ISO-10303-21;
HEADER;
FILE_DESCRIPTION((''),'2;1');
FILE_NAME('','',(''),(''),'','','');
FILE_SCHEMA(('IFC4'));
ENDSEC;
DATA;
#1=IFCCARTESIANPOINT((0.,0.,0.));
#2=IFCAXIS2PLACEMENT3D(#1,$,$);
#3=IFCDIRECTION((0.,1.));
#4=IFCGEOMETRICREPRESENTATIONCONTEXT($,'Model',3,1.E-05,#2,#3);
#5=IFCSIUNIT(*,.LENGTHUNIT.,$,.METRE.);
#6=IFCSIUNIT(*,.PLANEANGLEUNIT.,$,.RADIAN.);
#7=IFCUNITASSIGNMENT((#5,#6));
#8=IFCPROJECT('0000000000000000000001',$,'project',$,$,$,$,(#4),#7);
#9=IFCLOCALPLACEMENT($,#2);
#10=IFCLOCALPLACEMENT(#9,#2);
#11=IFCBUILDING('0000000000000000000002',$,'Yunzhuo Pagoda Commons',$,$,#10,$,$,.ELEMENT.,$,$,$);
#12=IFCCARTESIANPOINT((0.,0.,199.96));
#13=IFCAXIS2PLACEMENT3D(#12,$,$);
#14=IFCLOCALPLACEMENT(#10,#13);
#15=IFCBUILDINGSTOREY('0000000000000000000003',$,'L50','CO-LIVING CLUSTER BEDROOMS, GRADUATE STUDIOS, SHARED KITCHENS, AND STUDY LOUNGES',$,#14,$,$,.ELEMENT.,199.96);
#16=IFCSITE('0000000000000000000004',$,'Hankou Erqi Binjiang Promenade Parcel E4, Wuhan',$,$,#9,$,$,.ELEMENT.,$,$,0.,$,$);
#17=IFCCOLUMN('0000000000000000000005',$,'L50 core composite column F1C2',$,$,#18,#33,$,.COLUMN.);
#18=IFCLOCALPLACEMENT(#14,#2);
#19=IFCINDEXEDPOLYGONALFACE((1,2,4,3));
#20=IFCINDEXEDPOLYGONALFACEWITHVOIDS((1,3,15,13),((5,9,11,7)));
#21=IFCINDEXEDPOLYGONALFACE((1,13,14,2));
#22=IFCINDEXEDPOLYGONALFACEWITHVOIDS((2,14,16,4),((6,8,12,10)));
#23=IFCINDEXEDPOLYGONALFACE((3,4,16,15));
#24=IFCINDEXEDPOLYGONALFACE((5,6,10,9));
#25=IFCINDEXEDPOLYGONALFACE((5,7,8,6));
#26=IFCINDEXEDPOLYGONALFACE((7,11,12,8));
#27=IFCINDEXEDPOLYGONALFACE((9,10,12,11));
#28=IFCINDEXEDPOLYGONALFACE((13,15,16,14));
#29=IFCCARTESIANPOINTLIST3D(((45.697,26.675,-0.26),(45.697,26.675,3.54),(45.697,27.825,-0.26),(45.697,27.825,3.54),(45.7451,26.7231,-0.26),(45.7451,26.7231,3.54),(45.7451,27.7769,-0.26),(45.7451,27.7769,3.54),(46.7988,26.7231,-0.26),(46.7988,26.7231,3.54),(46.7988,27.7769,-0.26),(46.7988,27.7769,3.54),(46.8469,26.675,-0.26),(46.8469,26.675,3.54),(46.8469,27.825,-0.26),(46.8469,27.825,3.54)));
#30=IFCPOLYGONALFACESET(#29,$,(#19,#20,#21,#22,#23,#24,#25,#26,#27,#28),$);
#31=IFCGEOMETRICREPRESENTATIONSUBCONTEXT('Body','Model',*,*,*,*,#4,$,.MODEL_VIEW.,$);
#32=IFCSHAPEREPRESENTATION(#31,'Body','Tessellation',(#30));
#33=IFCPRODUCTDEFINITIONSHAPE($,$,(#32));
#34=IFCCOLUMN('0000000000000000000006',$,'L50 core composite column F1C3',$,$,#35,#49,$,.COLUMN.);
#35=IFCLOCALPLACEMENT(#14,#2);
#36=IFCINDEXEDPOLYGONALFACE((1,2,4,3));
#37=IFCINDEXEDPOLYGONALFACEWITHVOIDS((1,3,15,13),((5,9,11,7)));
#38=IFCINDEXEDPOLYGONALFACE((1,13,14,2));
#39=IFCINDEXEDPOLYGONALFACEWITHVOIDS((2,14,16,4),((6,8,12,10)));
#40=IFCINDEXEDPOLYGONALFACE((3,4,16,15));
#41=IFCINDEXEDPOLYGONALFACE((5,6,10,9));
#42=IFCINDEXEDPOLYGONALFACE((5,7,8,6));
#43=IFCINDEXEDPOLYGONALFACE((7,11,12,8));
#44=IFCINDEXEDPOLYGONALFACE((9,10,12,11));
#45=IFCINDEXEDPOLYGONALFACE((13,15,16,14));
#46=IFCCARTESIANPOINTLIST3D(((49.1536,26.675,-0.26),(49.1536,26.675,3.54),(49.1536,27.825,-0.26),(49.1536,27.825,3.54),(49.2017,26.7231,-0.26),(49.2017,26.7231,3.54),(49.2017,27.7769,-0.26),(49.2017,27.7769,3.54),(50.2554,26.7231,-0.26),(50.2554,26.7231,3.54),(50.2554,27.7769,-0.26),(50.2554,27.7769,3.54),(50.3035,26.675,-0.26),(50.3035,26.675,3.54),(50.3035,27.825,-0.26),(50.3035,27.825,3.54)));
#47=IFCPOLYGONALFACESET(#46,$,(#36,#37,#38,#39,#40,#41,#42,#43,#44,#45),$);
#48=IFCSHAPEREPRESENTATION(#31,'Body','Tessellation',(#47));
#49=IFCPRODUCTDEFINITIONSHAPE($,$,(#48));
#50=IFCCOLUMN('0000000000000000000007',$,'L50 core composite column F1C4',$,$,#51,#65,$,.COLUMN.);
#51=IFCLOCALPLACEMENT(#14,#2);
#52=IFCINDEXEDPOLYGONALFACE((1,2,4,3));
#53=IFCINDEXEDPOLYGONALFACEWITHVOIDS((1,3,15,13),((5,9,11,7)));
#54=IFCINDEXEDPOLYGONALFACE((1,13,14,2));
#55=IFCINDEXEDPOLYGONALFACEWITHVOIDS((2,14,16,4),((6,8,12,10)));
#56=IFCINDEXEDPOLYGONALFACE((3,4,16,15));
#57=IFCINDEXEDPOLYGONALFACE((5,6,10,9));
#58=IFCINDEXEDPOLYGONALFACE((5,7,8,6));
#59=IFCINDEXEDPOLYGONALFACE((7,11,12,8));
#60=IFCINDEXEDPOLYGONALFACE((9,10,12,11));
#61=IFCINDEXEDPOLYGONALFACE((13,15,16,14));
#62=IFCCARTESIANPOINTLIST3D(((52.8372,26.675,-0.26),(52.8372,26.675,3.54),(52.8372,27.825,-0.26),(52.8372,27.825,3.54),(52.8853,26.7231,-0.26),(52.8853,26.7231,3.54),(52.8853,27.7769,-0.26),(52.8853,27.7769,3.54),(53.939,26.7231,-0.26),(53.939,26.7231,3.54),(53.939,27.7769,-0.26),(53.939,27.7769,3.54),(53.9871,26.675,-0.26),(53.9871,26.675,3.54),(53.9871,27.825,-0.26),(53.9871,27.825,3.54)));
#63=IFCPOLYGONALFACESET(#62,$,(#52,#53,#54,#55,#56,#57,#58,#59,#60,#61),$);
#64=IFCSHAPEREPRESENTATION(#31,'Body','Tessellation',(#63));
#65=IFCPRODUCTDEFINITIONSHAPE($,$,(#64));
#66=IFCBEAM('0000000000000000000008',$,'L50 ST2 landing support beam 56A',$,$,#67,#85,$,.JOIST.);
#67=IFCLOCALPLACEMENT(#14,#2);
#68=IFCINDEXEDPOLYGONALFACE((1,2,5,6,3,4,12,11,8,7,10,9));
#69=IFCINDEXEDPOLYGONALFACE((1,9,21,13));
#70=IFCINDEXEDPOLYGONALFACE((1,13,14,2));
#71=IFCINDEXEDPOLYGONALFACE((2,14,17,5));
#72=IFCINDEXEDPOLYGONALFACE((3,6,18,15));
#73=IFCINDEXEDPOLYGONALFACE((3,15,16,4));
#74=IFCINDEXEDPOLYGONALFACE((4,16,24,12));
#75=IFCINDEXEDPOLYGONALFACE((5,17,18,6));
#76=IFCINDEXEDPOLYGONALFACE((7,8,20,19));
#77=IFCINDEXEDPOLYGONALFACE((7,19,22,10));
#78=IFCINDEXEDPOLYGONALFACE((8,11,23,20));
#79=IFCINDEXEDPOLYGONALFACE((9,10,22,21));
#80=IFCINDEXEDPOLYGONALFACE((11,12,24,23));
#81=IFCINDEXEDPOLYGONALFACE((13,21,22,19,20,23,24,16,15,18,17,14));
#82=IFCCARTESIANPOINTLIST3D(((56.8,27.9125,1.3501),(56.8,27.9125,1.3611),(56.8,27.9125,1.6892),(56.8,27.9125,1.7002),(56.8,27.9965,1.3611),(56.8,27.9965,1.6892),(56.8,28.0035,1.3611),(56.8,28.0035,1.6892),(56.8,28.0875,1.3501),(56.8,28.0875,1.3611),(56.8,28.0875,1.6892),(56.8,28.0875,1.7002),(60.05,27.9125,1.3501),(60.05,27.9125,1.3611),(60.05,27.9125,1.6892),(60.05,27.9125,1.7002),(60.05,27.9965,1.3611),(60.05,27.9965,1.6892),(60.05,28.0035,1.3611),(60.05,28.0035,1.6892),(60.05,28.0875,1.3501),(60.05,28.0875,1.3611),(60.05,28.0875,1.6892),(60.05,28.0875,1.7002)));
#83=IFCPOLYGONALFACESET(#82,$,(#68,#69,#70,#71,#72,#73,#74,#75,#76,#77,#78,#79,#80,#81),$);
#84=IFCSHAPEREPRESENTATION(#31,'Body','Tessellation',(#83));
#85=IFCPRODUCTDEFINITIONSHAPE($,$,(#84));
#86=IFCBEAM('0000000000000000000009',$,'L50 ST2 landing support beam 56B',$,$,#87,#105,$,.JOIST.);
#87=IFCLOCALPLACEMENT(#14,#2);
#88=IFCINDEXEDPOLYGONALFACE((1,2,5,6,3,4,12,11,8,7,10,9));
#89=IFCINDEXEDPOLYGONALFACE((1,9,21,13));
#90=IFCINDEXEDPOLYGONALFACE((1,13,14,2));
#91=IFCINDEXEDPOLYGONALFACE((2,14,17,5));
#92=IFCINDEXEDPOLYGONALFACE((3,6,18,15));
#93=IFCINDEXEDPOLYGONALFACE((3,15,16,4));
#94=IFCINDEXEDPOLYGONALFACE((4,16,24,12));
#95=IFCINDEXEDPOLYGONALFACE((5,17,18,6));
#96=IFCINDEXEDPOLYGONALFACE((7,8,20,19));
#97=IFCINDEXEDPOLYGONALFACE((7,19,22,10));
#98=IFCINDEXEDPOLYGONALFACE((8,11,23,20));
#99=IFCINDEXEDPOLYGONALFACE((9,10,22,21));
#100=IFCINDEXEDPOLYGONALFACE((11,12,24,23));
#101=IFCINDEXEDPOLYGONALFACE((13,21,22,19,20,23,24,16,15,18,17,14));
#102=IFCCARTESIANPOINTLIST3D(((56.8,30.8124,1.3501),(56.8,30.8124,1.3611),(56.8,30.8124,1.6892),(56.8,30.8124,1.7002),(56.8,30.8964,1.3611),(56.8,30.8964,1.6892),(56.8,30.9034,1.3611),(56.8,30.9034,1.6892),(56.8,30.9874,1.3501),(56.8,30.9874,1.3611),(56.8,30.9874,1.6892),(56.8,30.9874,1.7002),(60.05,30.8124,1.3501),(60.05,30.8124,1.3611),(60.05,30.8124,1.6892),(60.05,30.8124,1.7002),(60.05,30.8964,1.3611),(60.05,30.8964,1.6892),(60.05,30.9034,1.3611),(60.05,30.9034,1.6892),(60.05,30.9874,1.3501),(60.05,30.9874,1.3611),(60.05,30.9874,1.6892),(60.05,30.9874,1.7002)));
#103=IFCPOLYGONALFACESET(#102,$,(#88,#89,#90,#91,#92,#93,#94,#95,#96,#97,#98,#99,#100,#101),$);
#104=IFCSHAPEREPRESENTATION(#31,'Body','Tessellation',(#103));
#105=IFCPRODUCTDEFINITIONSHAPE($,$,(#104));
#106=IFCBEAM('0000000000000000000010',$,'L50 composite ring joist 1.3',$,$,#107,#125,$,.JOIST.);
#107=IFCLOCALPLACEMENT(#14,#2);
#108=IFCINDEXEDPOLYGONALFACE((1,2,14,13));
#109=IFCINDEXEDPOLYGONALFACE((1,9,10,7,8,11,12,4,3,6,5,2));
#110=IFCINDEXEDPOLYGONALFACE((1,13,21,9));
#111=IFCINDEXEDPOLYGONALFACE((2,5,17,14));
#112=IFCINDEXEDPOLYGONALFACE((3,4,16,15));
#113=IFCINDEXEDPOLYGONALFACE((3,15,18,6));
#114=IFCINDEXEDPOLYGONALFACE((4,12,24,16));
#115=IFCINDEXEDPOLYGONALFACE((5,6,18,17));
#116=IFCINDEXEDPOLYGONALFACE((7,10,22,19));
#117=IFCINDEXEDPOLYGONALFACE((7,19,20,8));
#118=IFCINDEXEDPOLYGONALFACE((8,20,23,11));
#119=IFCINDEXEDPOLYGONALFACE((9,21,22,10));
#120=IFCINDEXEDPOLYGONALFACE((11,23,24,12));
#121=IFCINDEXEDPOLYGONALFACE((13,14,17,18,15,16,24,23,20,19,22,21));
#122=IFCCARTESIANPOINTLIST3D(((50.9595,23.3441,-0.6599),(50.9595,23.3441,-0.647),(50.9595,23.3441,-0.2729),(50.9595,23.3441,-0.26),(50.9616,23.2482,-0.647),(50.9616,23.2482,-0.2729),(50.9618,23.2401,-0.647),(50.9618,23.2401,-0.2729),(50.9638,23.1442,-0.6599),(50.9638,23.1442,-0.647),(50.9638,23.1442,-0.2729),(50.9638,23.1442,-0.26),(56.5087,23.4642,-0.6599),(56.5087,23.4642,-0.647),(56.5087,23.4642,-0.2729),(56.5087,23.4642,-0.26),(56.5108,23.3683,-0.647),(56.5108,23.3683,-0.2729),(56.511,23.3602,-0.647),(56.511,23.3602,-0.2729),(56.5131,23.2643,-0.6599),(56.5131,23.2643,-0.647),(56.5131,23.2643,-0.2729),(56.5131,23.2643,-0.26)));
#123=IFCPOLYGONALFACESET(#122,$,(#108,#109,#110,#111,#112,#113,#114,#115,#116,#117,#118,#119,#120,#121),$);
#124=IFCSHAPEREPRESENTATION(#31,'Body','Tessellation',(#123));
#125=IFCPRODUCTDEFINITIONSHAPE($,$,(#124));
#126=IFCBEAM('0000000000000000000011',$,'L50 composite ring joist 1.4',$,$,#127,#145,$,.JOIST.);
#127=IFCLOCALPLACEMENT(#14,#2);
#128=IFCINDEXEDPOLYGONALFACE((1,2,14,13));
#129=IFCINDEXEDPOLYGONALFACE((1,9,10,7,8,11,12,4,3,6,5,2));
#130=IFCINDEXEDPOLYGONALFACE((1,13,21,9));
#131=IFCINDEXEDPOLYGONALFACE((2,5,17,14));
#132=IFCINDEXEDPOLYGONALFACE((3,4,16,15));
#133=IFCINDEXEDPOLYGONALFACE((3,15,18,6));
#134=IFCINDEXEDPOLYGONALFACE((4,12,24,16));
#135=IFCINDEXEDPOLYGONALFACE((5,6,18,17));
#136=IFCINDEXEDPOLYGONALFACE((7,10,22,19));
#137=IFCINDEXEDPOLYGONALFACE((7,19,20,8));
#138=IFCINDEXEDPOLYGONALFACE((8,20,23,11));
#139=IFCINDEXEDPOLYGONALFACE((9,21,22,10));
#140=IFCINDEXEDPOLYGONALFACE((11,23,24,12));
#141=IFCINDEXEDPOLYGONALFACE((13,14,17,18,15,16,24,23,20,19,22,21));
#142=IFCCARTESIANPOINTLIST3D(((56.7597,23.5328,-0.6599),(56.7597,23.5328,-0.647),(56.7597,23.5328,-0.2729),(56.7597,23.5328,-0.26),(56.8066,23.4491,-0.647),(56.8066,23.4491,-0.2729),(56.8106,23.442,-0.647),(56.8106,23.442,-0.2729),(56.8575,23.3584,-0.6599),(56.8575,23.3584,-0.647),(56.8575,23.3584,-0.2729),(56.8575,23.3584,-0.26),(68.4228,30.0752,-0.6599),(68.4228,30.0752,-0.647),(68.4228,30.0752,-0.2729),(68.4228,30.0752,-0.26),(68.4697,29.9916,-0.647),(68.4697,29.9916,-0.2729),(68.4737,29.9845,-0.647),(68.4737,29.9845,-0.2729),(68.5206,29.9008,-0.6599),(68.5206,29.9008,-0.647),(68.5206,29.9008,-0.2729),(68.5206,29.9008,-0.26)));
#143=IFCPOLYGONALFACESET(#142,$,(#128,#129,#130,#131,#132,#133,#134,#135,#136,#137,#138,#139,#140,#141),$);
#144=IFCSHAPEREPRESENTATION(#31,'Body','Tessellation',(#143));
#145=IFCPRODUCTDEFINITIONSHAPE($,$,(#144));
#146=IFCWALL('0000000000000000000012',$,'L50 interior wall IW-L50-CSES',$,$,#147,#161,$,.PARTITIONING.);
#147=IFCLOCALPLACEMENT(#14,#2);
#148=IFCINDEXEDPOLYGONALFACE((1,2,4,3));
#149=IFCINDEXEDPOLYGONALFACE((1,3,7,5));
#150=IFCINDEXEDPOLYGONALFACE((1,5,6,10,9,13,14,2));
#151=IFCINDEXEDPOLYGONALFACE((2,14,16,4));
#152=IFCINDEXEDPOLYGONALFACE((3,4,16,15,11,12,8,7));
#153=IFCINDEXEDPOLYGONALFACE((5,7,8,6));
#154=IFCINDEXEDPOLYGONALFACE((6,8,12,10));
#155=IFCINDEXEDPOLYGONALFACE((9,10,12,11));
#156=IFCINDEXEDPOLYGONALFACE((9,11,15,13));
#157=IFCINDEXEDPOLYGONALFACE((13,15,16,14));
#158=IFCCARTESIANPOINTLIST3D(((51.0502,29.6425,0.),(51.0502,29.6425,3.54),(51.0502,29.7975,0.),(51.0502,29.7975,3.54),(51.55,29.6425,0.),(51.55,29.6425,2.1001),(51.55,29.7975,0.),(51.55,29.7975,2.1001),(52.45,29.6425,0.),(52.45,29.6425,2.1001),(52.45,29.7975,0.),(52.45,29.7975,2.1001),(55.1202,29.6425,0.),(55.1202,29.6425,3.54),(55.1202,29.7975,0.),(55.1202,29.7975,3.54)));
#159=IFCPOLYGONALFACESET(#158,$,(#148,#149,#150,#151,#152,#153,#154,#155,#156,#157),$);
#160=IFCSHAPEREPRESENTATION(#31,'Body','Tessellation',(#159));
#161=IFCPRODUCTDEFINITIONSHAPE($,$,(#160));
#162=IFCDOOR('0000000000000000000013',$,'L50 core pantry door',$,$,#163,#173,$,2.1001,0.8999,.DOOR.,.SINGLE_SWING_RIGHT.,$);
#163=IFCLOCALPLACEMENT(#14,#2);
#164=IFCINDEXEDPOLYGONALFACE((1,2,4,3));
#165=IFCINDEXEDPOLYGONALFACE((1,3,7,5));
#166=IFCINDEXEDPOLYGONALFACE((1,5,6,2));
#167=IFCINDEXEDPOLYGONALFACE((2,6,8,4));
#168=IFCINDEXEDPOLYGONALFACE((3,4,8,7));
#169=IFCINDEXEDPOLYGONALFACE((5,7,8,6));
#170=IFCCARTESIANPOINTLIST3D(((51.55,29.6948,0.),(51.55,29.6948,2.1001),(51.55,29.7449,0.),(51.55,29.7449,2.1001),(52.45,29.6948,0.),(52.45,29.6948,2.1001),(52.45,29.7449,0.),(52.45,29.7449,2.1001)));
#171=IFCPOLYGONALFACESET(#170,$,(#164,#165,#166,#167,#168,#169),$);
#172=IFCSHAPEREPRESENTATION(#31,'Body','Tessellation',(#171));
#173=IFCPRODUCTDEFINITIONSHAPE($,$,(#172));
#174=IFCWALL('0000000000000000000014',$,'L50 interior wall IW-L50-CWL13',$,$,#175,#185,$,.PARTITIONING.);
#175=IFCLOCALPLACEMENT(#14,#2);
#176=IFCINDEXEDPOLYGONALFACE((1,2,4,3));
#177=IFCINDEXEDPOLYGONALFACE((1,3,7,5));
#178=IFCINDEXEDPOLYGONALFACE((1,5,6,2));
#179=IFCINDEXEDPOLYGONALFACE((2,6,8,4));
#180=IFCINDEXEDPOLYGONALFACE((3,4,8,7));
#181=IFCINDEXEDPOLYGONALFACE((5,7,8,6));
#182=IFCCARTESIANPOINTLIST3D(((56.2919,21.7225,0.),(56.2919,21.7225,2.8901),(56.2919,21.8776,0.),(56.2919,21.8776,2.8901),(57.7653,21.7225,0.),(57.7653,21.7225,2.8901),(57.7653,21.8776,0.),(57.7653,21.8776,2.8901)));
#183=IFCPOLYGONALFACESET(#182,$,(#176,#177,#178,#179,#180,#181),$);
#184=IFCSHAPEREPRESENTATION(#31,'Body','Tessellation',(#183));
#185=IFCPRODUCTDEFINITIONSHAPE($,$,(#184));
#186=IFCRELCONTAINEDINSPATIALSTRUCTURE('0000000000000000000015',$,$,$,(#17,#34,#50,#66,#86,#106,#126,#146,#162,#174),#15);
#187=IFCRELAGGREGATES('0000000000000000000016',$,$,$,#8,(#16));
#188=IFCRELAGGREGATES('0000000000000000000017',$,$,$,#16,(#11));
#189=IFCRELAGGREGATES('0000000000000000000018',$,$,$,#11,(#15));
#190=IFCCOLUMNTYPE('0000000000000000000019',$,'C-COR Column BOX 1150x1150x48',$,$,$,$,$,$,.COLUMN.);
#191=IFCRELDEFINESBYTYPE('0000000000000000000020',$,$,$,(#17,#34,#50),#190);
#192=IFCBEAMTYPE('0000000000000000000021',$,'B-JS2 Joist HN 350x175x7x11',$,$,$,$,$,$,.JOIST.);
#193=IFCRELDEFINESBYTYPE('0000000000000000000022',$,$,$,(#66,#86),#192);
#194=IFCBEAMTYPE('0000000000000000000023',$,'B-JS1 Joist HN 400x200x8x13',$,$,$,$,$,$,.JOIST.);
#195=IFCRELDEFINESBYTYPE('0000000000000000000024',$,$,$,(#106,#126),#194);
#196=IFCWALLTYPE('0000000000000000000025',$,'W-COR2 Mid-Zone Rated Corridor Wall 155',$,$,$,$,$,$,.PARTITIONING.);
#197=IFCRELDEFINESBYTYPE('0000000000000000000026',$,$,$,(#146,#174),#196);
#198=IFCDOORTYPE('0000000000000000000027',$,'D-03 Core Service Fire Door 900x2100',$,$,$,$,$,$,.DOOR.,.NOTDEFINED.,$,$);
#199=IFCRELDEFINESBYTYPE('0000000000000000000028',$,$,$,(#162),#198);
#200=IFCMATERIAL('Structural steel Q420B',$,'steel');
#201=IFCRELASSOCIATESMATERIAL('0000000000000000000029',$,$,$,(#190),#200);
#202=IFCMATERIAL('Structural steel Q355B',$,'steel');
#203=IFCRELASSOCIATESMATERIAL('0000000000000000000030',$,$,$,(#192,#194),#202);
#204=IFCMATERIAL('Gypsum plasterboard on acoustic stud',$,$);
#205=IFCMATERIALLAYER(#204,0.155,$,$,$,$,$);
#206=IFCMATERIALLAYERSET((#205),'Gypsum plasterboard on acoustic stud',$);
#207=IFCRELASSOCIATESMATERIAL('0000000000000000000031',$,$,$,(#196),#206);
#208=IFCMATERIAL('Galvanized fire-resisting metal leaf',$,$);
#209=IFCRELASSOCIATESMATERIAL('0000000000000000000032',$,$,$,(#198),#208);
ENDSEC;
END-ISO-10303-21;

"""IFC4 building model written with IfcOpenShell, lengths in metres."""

from ifc_helpers import new_model, si_unit, direction, frame, frame_2d, origin, origin_with_axes, origin_2d, place, context, subcontext, project, spatial, rectangle, hollow_rectangle, i_section, extrude, source, transform, mapped, material, layer, layer_set, material_profile, profile_set, type_object, element, fill, save


model = new_model("IFC4")

# Units and contexts
model_context = context("Model", 3, precision=1e-05, world=origin(), true_north=direction((0.0, 1.0)))
body_context = subcontext(model_context, "Body", "Model", "MODEL_VIEW")
ifc_project = project(units=[si_unit("LENGTHUNIT", "METRE"), si_unit("PLANEANGLEUNIT", "RADIAN")], contexts=[model_context])

# Site, building, storey
site_placement = place(None, origin())
site = spatial("IfcSite", under=ifc_project, at=site_placement, Name="Hankou Erqi Binjiang Promenade Parcel E4, Wuhan", CompositionType="ELEMENT", RefElevation=0.0)
building_placement = place(site_placement, origin())
building = spatial("IfcBuilding", under=site, at=building_placement, Name="Yunzhuo Pagoda Commons", CompositionType="ELEMENT")
storey_placement = place(building_placement, frame((0.0, 0.0, 199.96)))
storey = spatial("IfcBuildingStorey", under=building, at=storey_placement, Name="L50", Description="CO-LIVING CLUSTER BEDROOMS, GRADUATE STUDIOS, SHARED KITCHENS, AND STUDY LOUNGES", CompositionType="ELEMENT", Elevation=199.96)

# Columns
ifc_material_1 = material(Name="Structural steel Q420B", Category="steel")
ifc_material_profile_1 = material_profile(ifc_material_1, hollow_rectangle(XDim=1.1499, YDim=1.1499, WallThickness=0.0481, at=origin_2d()), Name="Structural steel Q420B")
ifc_profile_set_1 = profile_set([ifc_material_profile_1], Name="Structural steel Q420B")
column_type = type_object("IfcColumnType", Name="C-COR Column BOX 1150x1150x48", PredefinedType="COLUMN", material=ifc_profile_set_1)
shared_shape_1 = source(origin(), body_context, "Body", "SweptSolid", [
    extrude(hollow_rectangle(XDim=1.1499, YDim=1.1499, WallThickness=0.0481, at=origin_2d()), origin(), (0.0, 0.0, 1.0), 3.8),
])
for number, where, z_axis, x_axis, name in (
    (1, (46.272, 27.25, -0.26), (0.0, 0.0, 1.0), (1.0, 0.0, 0.0), "L50 core composite column F1C2"),
    (2, (49.7285, 27.25, -0.26), (0.0, 0.0, 1.0), (1.0, 0.0, 0.0), "L50 core composite column F1C3"),
    (3, (53.4121, 27.25, -0.26), (0.0, 0.0, 1.0), (1.0, 0.0, 0.0), "L50 core composite column F1C4"),
):
    element("IfcColumn", number, at=place(storey_placement, frame(where, z_axis=z_axis, x_axis=x_axis)), inside=storey, type_object=column_type, Name=name, PredefinedType="COLUMN", context=body_context, shape_type="MappedRepresentation", body=[
        mapped(shared_shape_1, transform((0.0, 0.0, 0.0), scale=1.0)),
    ])

# Beams
ifc_material_2 = material(Name="Structural steel Q355B", Category="steel")
ifc_material_profile_2 = material_profile(ifc_material_2, i_section(OverallWidth=0.175, OverallDepth=0.3501, WebThickness=0.0071, FlangeThickness=0.011, at=origin_2d()), Name="Structural steel Q355B")
ifc_profile_set_2 = profile_set([ifc_material_profile_2], Name="Structural steel Q355B")
beam_type_1 = type_object("IfcBeamType", Name="B-JS2 Joist HN 350x175x7x11", PredefinedType="JOIST", material=ifc_profile_set_2)
shared_shape_2 = source(origin(), body_context, "Body", "SweptSolid", [
    extrude(i_section(OverallWidth=0.175, OverallDepth=0.3501, WebThickness=0.0071, FlangeThickness=0.011, at=origin_2d()), origin(), (0.0, 0.0, 1.0), 3.25),
])
for number, where, z_axis, x_axis, name in (
    (4, (56.8, 28.0, 1.5251), (1.0, 0.0, 0.0), (0.0, 1.0, 0.0), "L50 ST2 landing support beam 56A"),
    (5, (56.8, 30.8999, 1.5251), (1.0, 0.0, 0.0), (0.0, 1.0, 0.0), "L50 ST2 landing support beam 56B"),
):
    element("IfcBeam", number, at=place(storey_placement, frame(where, z_axis=z_axis, x_axis=x_axis)), inside=storey, type_object=beam_type_1, Name=name, PredefinedType="JOIST", context=body_context, shape_type="MappedRepresentation", body=[
        mapped(shared_shape_2, transform((0.0, 0.0, 0.0), scale=1.0)),
    ])
ifc_material_profile_3 = material_profile(ifc_material_2, i_section(OverallWidth=0.2, OverallDepth=0.3999, WebThickness=0.0081, FlangeThickness=0.0129, at=origin_2d()), Name="Structural steel Q355B")
ifc_profile_set_3 = profile_set([ifc_material_profile_3], Name="Structural steel Q355B")
beam_type_2 = type_object("IfcBeamType", Name="B-JS1 Joist HN 400x200x8x13", PredefinedType="JOIST", material=ifc_profile_set_3)
shared_shape_3 = source(origin(), body_context, "Body", "SweptSolid", [
    extrude(i_section(OverallWidth=0.2, OverallDepth=0.3999, WebThickness=0.0081, FlangeThickness=0.0129, at=origin_2d()), origin(), (0.0, 0.0, 1.0), 5.5505),
])
beam_1_placement = place(storey_placement, frame((50.9617, 23.2441, -0.46), z_axis=(0.999766, 0.02164, 0.0), x_axis=(-0.02164, 0.999766, 0.0)))
element("IfcBeam", 6, at=beam_1_placement, inside=storey, type_object=beam_type_2, Name="L50 composite ring joist 1.3", PredefinedType="JOIST", context=body_context, shape_type="MappedRepresentation", body=[
    mapped(shared_shape_3, transform((0.0, 0.0, 0.0), scale=1.0)),
])
shared_shape_4 = source(origin(), body_context, "Body", "SweptSolid", [
    extrude(i_section(OverallWidth=0.2, OverallDepth=0.3999, WebThickness=0.0081, FlangeThickness=0.0129, at=origin_2d()), origin(), (0.0, 0.0, 1.0), 13.3728),
])
beam_2_placement = place(storey_placement, frame((56.8086, 23.4456, -0.46), z_axis=(0.87215, 0.489238, 0.0), x_axis=(-0.489238, 0.87215, 0.0)))
element("IfcBeam", 7, at=beam_2_placement, inside=storey, type_object=beam_type_2, Name="L50 composite ring joist 1.4", PredefinedType="JOIST", context=body_context, shape_type="MappedRepresentation", body=[
    mapped(shared_shape_4, transform((0.0, 0.0, 0.0), scale=1.0)),
])

# Wall, opening, door
ifc_material_3 = material(Name="Gypsum plasterboard on acoustic stud")
ifc_layer_1 = layer(ifc_material_3, 0.155)
ifc_layer_set_1 = layer_set([ifc_layer_1], Name="Gypsum plasterboard on acoustic stud")
wall_type_1 = type_object("IfcWallType", Name="W-COR2 Mid-Zone Rated Corridor Wall 155", PredefinedType="PARTITIONING", material=ifc_layer_set_1)
wall_1_placement = place(storey_placement, frame((51.05, 29.72, 0.0), z_axis=(0.0, 0.0, 1.0), x_axis=(1.0, 0.0, 0.0)))
wall_1 = element("IfcWall", 8, at=wall_1_placement, inside=storey, type_object=wall_type_1, Name="L50 interior wall IW-L50-CSES", PredefinedType="PARTITIONING", context=body_context, shape_type="SweptSolid", body=[
    extrude(rectangle(XDim=4.0701, YDim=0.155, at=frame_2d((2.0352, 0.0))), origin(), (0.0, 0.0, 1.0), 3.54),
])
opening_1_placement = place(wall_1_placement, frame((0.5, 0.0, 0.0)))
opening_1 = element("IfcOpeningElement", 9, at=opening_1_placement, cuts=wall_1, PredefinedType="OPENING", context=body_context, shape_type="SweptSolid", body=[
    extrude(rectangle(XDim=0.8999, YDim=2.1001, at=frame_2d((0.45, 1.05))), frame((0.0, 0.0874, 0.0), z_axis=(0.0, -1.0, 0.0), x_axis=(1.0, 0.0, 0.0)), (0.0, 0.0, 1.0), 0.175),
])
ifc_material_4 = material(Name="Galvanized fire-resisting metal leaf")
door_type_1 = type_object("IfcDoorType", Name="D-03 Core Service Fire Door 900x2100", OperationType="NOTDEFINED", PredefinedType="DOOR", material=ifc_material_4)
shared_shape_5 = source(origin(), body_context, "Body", "SweptSolid", [
    extrude(rectangle(XDim=0.8999, YDim=2.1001, at=frame_2d((0.45, 1.05))), frame((0.0, 0.0249, 0.0), z_axis=(0.0, -1.0, 0.0), x_axis=(1.0, 0.0, 0.0)), (0.0, 0.0, 1.0), 0.05),
])
door_1_placement = place(opening_1_placement, origin_with_axes())
door_1 = element("IfcDoor", 10, at=door_1_placement, inside=storey, type_object=door_type_1, Name="L50 core pantry door", OperationType="SINGLE_SWING_RIGHT", OverallHeight=2.1001, OverallWidth=0.8999, PredefinedType="DOOR", context=body_context, shape_type="MappedRepresentation", body=[
    mapped(shared_shape_5, transform((0.0, 0.0, 0.0), scale=1.0)),
])
fill(opening_1, door_1)

# Wall
wall_2_placement = place(storey_placement, frame((57.7654, 21.8, 0.0), z_axis=(0.0, 0.0, 1.0), x_axis=(-1.0, 0.0, 0.0)))
element("IfcWall", 11, at=wall_2_placement, inside=storey, type_object=wall_type_1, Name="L50 interior wall IW-L50-CWL13", PredefinedType="PARTITIONING", context=body_context, shape_type="SweptSolid", body=[
    extrude(rectangle(XDim=1.4734, YDim=0.155, at=frame_2d((0.7368, 0.0))), origin(), (0.0, 0.0, 1.0), 2.8901),
])

save(model, "model.ifc")
